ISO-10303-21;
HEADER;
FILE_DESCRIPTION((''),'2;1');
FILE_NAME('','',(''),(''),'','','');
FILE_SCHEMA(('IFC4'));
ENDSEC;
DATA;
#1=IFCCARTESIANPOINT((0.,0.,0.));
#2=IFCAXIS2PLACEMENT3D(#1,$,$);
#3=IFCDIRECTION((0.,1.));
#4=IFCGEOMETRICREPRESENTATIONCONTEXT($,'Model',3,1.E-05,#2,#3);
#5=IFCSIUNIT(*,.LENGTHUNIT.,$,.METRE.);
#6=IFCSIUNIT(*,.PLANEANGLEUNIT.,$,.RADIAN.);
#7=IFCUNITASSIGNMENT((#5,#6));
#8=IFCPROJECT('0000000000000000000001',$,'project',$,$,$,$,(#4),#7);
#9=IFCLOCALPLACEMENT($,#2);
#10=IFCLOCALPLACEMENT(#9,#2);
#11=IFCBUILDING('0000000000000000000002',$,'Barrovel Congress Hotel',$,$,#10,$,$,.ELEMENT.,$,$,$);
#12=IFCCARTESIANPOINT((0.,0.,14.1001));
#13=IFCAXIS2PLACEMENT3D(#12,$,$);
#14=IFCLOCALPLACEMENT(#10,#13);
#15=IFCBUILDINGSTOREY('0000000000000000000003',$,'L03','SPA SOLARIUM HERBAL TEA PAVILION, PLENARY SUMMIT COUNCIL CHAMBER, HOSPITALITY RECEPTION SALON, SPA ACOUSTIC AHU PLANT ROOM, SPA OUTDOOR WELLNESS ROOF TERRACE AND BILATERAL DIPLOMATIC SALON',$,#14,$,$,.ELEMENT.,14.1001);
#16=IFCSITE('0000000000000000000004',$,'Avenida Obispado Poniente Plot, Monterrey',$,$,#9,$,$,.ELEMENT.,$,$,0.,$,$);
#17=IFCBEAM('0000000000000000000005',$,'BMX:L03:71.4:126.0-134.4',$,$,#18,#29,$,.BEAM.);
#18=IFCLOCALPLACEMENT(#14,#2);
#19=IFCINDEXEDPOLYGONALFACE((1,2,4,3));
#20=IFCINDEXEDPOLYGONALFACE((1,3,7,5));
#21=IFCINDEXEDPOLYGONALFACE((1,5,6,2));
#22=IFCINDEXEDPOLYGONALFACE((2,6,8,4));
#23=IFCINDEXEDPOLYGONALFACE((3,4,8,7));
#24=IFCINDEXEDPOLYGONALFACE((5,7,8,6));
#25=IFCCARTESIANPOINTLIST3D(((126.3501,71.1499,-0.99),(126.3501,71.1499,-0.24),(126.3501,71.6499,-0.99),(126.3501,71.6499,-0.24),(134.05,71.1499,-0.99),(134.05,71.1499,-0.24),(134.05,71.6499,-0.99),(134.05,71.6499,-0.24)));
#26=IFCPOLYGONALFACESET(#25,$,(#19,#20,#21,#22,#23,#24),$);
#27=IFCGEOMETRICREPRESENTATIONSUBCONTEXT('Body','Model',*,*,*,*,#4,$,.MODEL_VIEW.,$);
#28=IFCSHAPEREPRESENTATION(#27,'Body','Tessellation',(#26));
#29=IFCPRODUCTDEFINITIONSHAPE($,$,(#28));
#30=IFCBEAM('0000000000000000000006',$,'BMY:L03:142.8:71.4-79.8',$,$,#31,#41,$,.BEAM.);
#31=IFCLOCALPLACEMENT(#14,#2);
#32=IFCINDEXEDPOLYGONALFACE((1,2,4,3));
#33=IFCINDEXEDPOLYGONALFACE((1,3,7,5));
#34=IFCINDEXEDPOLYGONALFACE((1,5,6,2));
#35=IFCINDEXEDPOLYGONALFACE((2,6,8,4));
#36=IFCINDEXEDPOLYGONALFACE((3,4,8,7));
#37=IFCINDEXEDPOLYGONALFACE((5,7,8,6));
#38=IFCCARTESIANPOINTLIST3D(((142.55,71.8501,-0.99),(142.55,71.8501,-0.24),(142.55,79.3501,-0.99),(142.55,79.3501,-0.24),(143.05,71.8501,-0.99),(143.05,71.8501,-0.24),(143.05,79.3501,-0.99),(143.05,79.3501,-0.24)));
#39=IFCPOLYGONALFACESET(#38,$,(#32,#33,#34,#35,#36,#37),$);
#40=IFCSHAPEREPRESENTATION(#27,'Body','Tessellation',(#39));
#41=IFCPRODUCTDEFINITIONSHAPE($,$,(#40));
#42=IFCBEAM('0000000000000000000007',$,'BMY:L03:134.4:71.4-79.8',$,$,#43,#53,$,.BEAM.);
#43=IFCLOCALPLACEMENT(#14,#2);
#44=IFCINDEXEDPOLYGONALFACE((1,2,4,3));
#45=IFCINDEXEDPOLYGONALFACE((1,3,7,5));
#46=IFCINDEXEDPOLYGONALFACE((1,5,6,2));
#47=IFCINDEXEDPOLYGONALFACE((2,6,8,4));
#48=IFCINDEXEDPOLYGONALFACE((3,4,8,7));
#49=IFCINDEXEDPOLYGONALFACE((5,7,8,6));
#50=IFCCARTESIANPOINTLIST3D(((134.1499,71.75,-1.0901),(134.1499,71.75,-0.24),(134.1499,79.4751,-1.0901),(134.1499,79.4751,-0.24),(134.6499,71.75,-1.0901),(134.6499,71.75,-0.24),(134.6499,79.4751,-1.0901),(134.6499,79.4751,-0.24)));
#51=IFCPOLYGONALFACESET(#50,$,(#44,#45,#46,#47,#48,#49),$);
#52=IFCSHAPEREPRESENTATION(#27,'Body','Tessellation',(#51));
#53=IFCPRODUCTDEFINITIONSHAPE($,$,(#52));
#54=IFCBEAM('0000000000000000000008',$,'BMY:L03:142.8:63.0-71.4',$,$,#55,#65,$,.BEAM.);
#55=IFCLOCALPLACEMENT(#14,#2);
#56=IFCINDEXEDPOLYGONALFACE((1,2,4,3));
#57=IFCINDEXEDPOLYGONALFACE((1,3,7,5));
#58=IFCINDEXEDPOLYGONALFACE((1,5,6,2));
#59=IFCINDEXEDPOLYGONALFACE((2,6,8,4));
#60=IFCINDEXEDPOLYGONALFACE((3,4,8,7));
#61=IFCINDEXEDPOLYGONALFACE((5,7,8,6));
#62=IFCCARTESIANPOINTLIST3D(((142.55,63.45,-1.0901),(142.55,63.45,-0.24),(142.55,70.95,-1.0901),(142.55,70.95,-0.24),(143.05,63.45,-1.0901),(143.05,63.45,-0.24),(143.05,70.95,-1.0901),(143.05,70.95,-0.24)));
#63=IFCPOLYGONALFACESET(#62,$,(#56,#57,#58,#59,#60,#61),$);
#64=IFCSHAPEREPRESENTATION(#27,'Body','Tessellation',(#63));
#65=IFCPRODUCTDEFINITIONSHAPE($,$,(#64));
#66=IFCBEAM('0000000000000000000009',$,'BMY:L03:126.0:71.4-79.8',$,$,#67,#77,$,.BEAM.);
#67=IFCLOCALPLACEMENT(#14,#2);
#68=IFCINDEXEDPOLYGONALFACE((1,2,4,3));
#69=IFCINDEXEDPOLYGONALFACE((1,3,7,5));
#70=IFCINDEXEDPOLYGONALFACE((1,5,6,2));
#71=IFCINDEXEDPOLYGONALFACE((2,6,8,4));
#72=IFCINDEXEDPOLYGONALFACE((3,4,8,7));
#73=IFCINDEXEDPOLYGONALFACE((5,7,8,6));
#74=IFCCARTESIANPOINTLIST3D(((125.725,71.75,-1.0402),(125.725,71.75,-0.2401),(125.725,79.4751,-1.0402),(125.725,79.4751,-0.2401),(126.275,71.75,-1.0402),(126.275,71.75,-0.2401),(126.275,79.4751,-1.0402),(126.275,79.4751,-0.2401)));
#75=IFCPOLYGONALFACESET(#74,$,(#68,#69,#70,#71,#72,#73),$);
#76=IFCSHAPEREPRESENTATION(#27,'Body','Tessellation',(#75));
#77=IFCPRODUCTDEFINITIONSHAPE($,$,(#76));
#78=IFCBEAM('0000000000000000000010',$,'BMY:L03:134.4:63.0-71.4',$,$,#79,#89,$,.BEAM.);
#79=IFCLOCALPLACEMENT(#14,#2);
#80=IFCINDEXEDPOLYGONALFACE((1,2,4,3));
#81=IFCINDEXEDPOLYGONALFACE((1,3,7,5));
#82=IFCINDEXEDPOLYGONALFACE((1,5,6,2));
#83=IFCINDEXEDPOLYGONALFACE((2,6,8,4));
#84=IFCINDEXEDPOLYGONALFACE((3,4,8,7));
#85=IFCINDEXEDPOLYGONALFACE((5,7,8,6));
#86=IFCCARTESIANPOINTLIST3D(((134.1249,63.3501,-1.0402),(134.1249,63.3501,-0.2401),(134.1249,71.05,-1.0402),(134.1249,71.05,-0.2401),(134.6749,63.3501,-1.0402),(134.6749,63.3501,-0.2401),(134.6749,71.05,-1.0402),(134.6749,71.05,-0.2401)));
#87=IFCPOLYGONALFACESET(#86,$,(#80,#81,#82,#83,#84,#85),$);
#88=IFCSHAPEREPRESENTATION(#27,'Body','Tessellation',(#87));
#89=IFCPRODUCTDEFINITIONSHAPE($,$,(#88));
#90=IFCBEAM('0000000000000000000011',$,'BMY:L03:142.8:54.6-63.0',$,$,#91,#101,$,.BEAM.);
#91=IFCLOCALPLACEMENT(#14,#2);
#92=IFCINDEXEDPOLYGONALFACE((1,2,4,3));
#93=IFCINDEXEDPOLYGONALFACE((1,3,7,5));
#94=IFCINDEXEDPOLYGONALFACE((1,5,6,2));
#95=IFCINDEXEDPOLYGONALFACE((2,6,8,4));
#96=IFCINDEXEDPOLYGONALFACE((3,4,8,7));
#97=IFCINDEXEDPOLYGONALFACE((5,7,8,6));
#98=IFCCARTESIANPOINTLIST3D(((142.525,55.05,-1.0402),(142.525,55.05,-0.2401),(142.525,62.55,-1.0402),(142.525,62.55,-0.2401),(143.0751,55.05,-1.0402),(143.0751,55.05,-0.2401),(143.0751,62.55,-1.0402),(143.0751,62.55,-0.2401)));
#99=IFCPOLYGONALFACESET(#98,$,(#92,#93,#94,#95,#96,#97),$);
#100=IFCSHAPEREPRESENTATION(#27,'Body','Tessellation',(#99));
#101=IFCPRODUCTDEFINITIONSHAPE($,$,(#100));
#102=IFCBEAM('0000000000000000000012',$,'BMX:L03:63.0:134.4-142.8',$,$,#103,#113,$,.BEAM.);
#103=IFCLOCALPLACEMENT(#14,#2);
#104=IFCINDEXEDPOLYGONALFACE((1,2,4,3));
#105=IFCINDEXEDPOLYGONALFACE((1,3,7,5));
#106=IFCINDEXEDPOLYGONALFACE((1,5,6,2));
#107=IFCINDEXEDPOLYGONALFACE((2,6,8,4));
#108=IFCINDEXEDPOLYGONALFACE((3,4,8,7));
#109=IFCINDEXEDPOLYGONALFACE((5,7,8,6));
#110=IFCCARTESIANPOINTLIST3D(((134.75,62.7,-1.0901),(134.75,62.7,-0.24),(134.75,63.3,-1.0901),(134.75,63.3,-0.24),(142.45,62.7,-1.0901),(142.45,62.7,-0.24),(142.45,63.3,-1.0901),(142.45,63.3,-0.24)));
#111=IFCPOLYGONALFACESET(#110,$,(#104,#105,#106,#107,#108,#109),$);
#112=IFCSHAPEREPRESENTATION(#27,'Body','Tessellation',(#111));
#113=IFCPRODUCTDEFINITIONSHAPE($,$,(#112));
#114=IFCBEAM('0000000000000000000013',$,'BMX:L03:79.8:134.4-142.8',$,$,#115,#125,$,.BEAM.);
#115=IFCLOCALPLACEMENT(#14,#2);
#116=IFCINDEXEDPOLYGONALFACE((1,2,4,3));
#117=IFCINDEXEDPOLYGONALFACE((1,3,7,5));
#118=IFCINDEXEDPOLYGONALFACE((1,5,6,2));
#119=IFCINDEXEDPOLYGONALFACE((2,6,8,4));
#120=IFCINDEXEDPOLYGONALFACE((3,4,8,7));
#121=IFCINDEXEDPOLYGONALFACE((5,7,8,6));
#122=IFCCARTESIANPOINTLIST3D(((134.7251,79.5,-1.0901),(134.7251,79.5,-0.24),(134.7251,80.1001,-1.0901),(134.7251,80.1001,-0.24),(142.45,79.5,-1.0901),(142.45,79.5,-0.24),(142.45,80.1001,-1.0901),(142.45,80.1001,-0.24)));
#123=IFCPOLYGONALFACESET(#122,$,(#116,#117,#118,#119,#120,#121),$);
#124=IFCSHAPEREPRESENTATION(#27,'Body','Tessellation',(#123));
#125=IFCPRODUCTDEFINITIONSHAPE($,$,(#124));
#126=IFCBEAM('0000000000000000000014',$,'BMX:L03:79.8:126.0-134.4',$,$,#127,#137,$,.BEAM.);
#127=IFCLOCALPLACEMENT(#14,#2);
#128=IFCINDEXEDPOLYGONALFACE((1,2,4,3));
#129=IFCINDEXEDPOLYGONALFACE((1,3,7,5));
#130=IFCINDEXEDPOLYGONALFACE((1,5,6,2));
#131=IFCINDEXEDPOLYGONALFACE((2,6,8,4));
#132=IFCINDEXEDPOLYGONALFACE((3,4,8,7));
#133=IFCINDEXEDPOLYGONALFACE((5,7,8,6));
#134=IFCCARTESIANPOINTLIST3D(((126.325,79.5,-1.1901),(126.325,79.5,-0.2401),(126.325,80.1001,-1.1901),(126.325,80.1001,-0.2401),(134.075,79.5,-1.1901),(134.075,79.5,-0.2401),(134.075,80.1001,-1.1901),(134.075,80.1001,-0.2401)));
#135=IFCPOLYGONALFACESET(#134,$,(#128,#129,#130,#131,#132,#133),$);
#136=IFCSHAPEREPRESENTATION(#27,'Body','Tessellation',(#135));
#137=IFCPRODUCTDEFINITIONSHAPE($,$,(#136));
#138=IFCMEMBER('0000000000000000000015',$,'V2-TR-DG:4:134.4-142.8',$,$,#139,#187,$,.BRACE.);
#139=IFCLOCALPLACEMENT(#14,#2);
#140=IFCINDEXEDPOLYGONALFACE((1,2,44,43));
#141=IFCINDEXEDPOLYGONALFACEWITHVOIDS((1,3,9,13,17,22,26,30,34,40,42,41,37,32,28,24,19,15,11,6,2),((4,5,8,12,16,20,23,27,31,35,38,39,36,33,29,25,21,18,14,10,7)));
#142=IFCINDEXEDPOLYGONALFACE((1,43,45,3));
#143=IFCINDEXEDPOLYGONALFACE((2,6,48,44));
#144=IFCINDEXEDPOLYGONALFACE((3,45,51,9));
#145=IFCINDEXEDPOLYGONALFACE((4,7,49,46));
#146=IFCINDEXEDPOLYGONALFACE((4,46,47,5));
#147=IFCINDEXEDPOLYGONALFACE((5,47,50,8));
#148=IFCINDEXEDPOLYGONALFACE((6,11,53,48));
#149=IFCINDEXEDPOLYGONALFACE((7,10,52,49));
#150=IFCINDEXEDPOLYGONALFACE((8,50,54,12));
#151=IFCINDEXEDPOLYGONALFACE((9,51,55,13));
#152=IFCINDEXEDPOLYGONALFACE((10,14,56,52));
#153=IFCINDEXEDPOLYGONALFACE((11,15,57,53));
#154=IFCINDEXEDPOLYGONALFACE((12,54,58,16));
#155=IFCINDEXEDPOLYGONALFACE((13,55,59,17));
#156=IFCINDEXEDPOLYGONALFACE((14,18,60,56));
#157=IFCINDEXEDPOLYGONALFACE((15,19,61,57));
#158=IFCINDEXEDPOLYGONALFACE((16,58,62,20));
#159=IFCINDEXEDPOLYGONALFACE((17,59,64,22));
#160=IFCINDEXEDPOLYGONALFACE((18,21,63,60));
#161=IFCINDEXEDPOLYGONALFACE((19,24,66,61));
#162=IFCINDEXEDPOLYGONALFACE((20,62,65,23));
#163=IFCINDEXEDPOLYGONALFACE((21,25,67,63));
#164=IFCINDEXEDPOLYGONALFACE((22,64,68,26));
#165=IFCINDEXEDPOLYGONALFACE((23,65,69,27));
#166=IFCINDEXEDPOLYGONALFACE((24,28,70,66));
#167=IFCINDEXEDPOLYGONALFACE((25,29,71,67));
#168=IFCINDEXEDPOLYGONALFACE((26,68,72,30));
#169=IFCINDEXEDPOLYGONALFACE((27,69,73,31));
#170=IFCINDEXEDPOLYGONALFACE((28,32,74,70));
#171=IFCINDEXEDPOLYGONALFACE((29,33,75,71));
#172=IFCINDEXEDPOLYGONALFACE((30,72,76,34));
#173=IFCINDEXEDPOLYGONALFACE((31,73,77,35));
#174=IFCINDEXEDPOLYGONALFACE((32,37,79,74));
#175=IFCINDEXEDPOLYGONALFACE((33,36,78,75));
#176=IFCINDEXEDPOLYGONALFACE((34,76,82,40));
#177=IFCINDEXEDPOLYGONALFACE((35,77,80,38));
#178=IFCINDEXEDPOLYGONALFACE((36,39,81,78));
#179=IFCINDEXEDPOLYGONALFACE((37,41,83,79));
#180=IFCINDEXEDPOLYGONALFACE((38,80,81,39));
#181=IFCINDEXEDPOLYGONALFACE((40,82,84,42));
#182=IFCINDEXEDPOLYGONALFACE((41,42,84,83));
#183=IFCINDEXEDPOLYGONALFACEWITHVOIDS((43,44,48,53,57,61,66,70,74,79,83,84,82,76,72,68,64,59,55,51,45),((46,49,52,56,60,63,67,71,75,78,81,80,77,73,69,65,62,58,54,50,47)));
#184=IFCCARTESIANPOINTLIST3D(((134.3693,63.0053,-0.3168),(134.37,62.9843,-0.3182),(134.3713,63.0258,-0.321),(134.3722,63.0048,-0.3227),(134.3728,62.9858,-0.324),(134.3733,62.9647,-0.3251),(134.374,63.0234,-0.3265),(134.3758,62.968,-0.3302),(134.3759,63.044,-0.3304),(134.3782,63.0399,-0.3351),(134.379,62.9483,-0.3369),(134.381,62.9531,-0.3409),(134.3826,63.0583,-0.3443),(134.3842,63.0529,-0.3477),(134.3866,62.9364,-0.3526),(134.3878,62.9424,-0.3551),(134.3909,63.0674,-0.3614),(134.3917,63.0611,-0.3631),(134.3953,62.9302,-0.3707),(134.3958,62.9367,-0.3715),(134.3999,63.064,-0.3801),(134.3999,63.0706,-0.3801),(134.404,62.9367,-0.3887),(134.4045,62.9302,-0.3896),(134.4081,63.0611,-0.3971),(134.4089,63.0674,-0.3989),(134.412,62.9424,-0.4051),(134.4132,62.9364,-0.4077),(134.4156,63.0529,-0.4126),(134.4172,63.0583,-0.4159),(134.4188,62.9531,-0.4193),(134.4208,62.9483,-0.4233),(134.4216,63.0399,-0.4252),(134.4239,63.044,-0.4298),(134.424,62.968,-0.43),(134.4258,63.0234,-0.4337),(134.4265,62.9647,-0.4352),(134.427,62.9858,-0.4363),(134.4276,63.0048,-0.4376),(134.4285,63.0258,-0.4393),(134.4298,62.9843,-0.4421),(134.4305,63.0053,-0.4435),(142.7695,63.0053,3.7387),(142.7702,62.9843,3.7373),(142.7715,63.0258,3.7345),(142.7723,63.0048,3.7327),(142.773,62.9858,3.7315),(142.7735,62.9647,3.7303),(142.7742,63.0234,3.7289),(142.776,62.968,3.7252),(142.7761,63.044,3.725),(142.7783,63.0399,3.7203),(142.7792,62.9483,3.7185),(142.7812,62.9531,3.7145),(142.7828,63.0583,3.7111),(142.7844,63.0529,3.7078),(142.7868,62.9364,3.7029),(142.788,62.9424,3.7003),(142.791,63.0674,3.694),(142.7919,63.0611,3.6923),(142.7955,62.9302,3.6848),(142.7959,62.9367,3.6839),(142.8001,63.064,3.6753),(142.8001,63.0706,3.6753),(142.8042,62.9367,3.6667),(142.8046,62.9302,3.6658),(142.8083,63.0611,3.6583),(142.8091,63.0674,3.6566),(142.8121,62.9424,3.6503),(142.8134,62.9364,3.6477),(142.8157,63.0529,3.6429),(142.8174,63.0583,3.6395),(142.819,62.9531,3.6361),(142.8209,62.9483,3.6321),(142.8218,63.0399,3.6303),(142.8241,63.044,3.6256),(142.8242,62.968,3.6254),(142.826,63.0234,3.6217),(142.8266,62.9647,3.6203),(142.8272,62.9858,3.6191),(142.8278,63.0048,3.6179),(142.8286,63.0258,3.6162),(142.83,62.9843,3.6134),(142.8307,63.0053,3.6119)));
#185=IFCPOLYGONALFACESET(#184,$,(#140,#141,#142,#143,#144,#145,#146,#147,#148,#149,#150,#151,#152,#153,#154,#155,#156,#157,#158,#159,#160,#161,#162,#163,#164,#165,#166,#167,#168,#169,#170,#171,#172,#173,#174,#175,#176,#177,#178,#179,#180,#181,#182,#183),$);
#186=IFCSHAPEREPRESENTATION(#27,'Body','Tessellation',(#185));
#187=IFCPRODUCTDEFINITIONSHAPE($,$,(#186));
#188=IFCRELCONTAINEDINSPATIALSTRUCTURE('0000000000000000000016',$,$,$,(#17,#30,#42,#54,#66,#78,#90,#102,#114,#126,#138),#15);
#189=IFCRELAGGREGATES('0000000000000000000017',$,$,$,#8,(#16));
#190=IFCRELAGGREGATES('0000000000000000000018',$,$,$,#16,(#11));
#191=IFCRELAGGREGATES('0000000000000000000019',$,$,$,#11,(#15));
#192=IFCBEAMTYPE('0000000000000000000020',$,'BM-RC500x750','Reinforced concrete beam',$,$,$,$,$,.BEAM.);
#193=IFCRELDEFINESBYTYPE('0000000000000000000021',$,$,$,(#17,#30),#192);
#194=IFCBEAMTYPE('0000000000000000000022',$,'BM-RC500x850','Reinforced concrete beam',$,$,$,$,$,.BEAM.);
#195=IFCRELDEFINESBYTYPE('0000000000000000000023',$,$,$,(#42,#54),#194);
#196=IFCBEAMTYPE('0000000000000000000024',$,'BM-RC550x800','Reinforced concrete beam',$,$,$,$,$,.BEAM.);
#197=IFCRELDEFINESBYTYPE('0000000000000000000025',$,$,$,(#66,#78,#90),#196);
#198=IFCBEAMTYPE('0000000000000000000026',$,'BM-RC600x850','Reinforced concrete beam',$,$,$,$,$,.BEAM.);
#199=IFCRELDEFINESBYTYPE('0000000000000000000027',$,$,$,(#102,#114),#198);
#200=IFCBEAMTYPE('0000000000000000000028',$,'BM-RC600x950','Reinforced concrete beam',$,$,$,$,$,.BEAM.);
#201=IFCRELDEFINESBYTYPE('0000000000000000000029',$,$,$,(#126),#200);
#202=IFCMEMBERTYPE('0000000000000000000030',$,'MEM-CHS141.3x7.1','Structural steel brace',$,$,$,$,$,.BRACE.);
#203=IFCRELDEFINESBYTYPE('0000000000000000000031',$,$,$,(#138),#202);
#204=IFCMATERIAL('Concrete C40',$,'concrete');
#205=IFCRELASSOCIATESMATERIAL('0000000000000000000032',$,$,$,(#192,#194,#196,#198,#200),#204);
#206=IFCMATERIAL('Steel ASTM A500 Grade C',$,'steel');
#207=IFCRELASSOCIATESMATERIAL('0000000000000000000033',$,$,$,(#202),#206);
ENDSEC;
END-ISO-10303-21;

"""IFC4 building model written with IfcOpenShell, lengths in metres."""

from ifc_helpers import new_model, si_unit, direction, frame, origin, origin_2d, place, context, subcontext, project, spatial, rectangle, hollow_circle, extrude, material, material_profile, profile_set, type_object, element, save


model = new_model("IFC4")

# Units and contexts
model_context = context("Model", 3, precision=1e-05, world=origin(), true_north=direction((0.0, 1.0)))
body_context = subcontext(model_context, "Body", "Model", "MODEL_VIEW")
ifc_project = project(units=[si_unit("LENGTHUNIT", "METRE"), si_unit("PLANEANGLEUNIT", "RADIAN")], contexts=[model_context])

# Site, building, storey
site_placement = place(None, origin())
site = spatial("IfcSite", under=ifc_project, at=site_placement, Name="Avenida Obispado Poniente Plot, Monterrey", CompositionType="ELEMENT", RefElevation=0.0)
building_placement = place(site_placement, origin())
building = spatial("IfcBuilding", under=site, at=building_placement, Name="Barrovel Congress Hotel", CompositionType="ELEMENT")
storey_placement = place(building_placement, frame((0.0, 0.0, 14.1001)))
storey = spatial("IfcBuildingStorey", under=building, at=storey_placement, Name="L03", Description="SPA SOLARIUM HERBAL TEA PAVILION, PLENARY SUMMIT COUNCIL CHAMBER, HOSPITALITY RECEPTION SALON, SPA ACOUSTIC AHU PLANT ROOM, SPA OUTDOOR WELLNESS ROOF TERRACE AND BILATERAL DIPLOMATIC SALON", CompositionType="ELEMENT", Elevation=14.1001)

# Beams
ifc_material_1 = material(Name="Concrete C40", Category="concrete")
ifc_material_profile_1 = material_profile(ifc_material_1, rectangle(XDim=0.5, YDim=0.75, at=origin_2d()), Name="RC500x750")
ifc_profile_set_1 = profile_set([ifc_material_profile_1], Name="Concrete C40")
beam_type_1 = type_object("IfcBeamType", Name="BM-RC500x750", Description="Reinforced concrete beam", PredefinedType="BEAM", material=ifc_profile_set_1)
beam_1_placement = place(storey_placement, frame((126.3501, 71.3999, -0.615), z_axis=(1.0, 0.0, 0.0), x_axis=(0.0, 1.0, 0.0)))
element("IfcBeam", 1, at=beam_1_placement, inside=storey, type_object=beam_type_1, Name="BMX:L03:71.4:126.0-134.4", PredefinedType="BEAM", context=body_context, shape_type="SweptSolid", body=[
    extrude(rectangle(XDim=0.5, YDim=0.75, at=origin_2d()), origin(), (0.0, 0.0, 1.0), 7.7),
])
beam_2_placement = place(storey_placement, frame((142.8, 71.8501, -0.615), z_axis=(0.0, 1.0, 0.0), x_axis=(-1.0, 0.0, 0.0)))
element("IfcBeam", 2, at=beam_2_placement, inside=storey, type_object=beam_type_1, Name="BMY:L03:142.8:71.4-79.8", PredefinedType="BEAM", context=body_context, shape_type="SweptSolid", body=[
    extrude(rectangle(XDim=0.5, YDim=0.75, at=origin_2d()), origin(), (0.0, 0.0, 1.0), 7.5),
])
ifc_material_profile_2 = material_profile(ifc_material_1, rectangle(XDim=0.5, YDim=0.8501, at=origin_2d()), Name="RC500x850")
ifc_profile_set_2 = profile_set([ifc_material_profile_2], Name="Concrete C40")
beam_type_2 = type_object("IfcBeamType", Name="BM-RC500x850", Description="Reinforced concrete beam", PredefinedType="BEAM", material=ifc_profile_set_2)
beam_3_placement = place(storey_placement, frame((134.3999, 71.75, -0.665), z_axis=(0.0, 1.0, 0.0), x_axis=(-1.0, 0.0, 0.0)))
element("IfcBeam", 3, at=beam_3_placement, inside=storey, type_object=beam_type_2, Name="BMY:L03:134.4:71.4-79.8", PredefinedType="BEAM", context=body_context, shape_type="SweptSolid", body=[
    extrude(rectangle(XDim=0.5, YDim=0.8501, at=origin_2d()), origin(), (0.0, 0.0, 1.0), 7.7251),
])
beam_4_placement = place(storey_placement, frame((142.8, 63.45, -0.665), z_axis=(0.0, 1.0, 0.0), x_axis=(-1.0, 0.0, 0.0)))
element("IfcBeam", 4, at=beam_4_placement, inside=storey, type_object=beam_type_2, Name="BMY:L03:142.8:63.0-71.4", PredefinedType="BEAM", context=body_context, shape_type="SweptSolid", body=[
    extrude(rectangle(XDim=0.5, YDim=0.8501, at=origin_2d()), origin(), (0.0, 0.0, 1.0), 7.5),
])
ifc_material_profile_3 = material_profile(ifc_material_1, rectangle(XDim=0.55, YDim=0.8, at=origin_2d()), Name="RC550x800")
ifc_profile_set_3 = profile_set([ifc_material_profile_3], Name="Concrete C40")
beam_type_3 = type_object("IfcBeamType", Name="BM-RC550x800", Description="Reinforced concrete beam", PredefinedType="BEAM", material=ifc_profile_set_3)
beam_5_placement = place(storey_placement, frame((126.0, 71.75, -0.6401), z_axis=(0.0, 1.0, 0.0), x_axis=(-1.0, 0.0, 0.0)))
element("IfcBeam", 5, at=beam_5_placement, inside=storey, type_object=beam_type_3, Name="BMY:L03:126.0:71.4-79.8", PredefinedType="BEAM", context=body_context, shape_type="SweptSolid", body=[
    extrude(rectangle(XDim=0.55, YDim=0.8, at=origin_2d()), origin(), (0.0, 0.0, 1.0), 7.7251),
])
beam_6_placement = place(storey_placement, frame((134.3999, 63.3501, -0.6401), z_axis=(0.0, 1.0, 0.0), x_axis=(-1.0, 0.0, 0.0)))
element("IfcBeam", 6, at=beam_6_placement, inside=storey, type_object=beam_type_3, Name="BMY:L03:134.4:63.0-71.4", PredefinedType="BEAM", context=body_context, shape_type="SweptSolid", body=[
    extrude(rectangle(XDim=0.55, YDim=0.8, at=origin_2d()), origin(), (0.0, 0.0, 1.0), 7.7),
])
beam_7_placement = place(storey_placement, frame((142.8, 55.05, -0.6401), z_axis=(0.0, 1.0, 0.0), x_axis=(-1.0, 0.0, 0.0)))
element("IfcBeam", 7, at=beam_7_placement, inside=storey, type_object=beam_type_3, Name="BMY:L03:142.8:54.6-63.0", PredefinedType="BEAM", context=body_context, shape_type="SweptSolid", body=[
    extrude(rectangle(XDim=0.55, YDim=0.8, at=origin_2d()), origin(), (0.0, 0.0, 1.0), 7.5),
])
ifc_material_profile_4 = material_profile(ifc_material_1, rectangle(XDim=0.6001, YDim=0.8501, at=origin_2d()), Name="RC600x850")
ifc_profile_set_4 = profile_set([ifc_material_profile_4], Name="Concrete C40")
beam_type_4 = type_object("IfcBeamType", Name="BM-RC600x850", Description="Reinforced concrete beam", PredefinedType="BEAM", material=ifc_profile_set_4)
beam_8_placement = place(storey_placement, frame((134.75, 63.0, -0.665), z_axis=(1.0, 0.0, 0.0), x_axis=(0.0, 1.0, 0.0)))
element("IfcBeam", 8, at=beam_8_placement, inside=storey, type_object=beam_type_4, Name="BMX:L03:63.0:134.4-142.8", PredefinedType="BEAM", context=body_context, shape_type="SweptSolid", body=[
    extrude(rectangle(XDim=0.6001, YDim=0.8501, at=origin_2d()), origin(), (0.0, 0.0, 1.0), 7.7),
])
beam_9_placement = place(storey_placement, frame((134.7251, 79.8, -0.665), z_axis=(1.0, 0.0, 0.0), x_axis=(0.0, 1.0, 0.0)))
element("IfcBeam", 9, at=beam_9_placement, inside=storey, type_object=beam_type_4, Name="BMX:L03:79.8:134.4-142.8", PredefinedType="BEAM", context=body_context, shape_type="SweptSolid", body=[
    extrude(rectangle(XDim=0.6001, YDim=0.8501, at=origin_2d()), origin(), (0.0, 0.0, 1.0), 7.7249),
])
ifc_material_profile_5 = material_profile(ifc_material_1, rectangle(XDim=0.6001, YDim=0.95, at=origin_2d()), Name="RC600x950")
ifc_profile_set_5 = profile_set([ifc_material_profile_5], Name="Concrete C40")
beam_type_5 = type_object("IfcBeamType", Name="BM-RC600x950", Description="Reinforced concrete beam", PredefinedType="BEAM", material=ifc_profile_set_5)
beam_10_placement = place(storey_placement, frame((126.325, 79.8, -0.7151), z_axis=(1.0, 0.0, 0.0), x_axis=(0.0, 1.0, 0.0)))
element("IfcBeam", 10, at=beam_10_placement, inside=storey, type_object=beam_type_5, Name="BMX:L03:79.8:126.0-134.4", PredefinedType="BEAM", context=body_context, shape_type="SweptSolid", body=[
    extrude(rectangle(XDim=0.6001, YDim=0.95, at=origin_2d()), origin(), (0.0, 0.0, 1.0), 7.75),
])

# Member
ifc_material_2 = material(Name="Steel ASTM A500 Grade C", Category="steel")
ifc_material_profile_6 = material_profile(ifc_material_2, hollow_circle(Radius=0.0706, WallThickness=0.0066, at=origin_2d()), Name="CHS141.3x7.1")
ifc_profile_set_6 = profile_set([ifc_material_profile_6], Name="Steel ASTM A500 Grade C")
member_type_1 = type_object("IfcMemberType", Name="MEM-CHS141.3x7.1", Description="Structural steel brace", PredefinedType="BRACE", material=ifc_profile_set_6)
for number, where, z_axis, x_axis, name in (
    (11, (134.3999, 63.0, -0.3801), (0.900544, 0.0, 0.434764), (0.0, 1.0, 0.0), "V2-TR-DG:4:134.4-142.8"),
):
    element("IfcMember", number, at=place(storey_placement, frame(where, z_axis=z_axis, x_axis=x_axis)), inside=storey, type_object=member_type_1, Name=name, PredefinedType="BRACE", context=body_context, shape_type="SweptSolid", body=[
        extrude(hollow_circle(Radius=0.0706, WallThickness=0.0066, at=origin_2d()), origin(), (0.0, 0.0, 1.0), 9.3279),
    ])

save(model, "model.ifc")
